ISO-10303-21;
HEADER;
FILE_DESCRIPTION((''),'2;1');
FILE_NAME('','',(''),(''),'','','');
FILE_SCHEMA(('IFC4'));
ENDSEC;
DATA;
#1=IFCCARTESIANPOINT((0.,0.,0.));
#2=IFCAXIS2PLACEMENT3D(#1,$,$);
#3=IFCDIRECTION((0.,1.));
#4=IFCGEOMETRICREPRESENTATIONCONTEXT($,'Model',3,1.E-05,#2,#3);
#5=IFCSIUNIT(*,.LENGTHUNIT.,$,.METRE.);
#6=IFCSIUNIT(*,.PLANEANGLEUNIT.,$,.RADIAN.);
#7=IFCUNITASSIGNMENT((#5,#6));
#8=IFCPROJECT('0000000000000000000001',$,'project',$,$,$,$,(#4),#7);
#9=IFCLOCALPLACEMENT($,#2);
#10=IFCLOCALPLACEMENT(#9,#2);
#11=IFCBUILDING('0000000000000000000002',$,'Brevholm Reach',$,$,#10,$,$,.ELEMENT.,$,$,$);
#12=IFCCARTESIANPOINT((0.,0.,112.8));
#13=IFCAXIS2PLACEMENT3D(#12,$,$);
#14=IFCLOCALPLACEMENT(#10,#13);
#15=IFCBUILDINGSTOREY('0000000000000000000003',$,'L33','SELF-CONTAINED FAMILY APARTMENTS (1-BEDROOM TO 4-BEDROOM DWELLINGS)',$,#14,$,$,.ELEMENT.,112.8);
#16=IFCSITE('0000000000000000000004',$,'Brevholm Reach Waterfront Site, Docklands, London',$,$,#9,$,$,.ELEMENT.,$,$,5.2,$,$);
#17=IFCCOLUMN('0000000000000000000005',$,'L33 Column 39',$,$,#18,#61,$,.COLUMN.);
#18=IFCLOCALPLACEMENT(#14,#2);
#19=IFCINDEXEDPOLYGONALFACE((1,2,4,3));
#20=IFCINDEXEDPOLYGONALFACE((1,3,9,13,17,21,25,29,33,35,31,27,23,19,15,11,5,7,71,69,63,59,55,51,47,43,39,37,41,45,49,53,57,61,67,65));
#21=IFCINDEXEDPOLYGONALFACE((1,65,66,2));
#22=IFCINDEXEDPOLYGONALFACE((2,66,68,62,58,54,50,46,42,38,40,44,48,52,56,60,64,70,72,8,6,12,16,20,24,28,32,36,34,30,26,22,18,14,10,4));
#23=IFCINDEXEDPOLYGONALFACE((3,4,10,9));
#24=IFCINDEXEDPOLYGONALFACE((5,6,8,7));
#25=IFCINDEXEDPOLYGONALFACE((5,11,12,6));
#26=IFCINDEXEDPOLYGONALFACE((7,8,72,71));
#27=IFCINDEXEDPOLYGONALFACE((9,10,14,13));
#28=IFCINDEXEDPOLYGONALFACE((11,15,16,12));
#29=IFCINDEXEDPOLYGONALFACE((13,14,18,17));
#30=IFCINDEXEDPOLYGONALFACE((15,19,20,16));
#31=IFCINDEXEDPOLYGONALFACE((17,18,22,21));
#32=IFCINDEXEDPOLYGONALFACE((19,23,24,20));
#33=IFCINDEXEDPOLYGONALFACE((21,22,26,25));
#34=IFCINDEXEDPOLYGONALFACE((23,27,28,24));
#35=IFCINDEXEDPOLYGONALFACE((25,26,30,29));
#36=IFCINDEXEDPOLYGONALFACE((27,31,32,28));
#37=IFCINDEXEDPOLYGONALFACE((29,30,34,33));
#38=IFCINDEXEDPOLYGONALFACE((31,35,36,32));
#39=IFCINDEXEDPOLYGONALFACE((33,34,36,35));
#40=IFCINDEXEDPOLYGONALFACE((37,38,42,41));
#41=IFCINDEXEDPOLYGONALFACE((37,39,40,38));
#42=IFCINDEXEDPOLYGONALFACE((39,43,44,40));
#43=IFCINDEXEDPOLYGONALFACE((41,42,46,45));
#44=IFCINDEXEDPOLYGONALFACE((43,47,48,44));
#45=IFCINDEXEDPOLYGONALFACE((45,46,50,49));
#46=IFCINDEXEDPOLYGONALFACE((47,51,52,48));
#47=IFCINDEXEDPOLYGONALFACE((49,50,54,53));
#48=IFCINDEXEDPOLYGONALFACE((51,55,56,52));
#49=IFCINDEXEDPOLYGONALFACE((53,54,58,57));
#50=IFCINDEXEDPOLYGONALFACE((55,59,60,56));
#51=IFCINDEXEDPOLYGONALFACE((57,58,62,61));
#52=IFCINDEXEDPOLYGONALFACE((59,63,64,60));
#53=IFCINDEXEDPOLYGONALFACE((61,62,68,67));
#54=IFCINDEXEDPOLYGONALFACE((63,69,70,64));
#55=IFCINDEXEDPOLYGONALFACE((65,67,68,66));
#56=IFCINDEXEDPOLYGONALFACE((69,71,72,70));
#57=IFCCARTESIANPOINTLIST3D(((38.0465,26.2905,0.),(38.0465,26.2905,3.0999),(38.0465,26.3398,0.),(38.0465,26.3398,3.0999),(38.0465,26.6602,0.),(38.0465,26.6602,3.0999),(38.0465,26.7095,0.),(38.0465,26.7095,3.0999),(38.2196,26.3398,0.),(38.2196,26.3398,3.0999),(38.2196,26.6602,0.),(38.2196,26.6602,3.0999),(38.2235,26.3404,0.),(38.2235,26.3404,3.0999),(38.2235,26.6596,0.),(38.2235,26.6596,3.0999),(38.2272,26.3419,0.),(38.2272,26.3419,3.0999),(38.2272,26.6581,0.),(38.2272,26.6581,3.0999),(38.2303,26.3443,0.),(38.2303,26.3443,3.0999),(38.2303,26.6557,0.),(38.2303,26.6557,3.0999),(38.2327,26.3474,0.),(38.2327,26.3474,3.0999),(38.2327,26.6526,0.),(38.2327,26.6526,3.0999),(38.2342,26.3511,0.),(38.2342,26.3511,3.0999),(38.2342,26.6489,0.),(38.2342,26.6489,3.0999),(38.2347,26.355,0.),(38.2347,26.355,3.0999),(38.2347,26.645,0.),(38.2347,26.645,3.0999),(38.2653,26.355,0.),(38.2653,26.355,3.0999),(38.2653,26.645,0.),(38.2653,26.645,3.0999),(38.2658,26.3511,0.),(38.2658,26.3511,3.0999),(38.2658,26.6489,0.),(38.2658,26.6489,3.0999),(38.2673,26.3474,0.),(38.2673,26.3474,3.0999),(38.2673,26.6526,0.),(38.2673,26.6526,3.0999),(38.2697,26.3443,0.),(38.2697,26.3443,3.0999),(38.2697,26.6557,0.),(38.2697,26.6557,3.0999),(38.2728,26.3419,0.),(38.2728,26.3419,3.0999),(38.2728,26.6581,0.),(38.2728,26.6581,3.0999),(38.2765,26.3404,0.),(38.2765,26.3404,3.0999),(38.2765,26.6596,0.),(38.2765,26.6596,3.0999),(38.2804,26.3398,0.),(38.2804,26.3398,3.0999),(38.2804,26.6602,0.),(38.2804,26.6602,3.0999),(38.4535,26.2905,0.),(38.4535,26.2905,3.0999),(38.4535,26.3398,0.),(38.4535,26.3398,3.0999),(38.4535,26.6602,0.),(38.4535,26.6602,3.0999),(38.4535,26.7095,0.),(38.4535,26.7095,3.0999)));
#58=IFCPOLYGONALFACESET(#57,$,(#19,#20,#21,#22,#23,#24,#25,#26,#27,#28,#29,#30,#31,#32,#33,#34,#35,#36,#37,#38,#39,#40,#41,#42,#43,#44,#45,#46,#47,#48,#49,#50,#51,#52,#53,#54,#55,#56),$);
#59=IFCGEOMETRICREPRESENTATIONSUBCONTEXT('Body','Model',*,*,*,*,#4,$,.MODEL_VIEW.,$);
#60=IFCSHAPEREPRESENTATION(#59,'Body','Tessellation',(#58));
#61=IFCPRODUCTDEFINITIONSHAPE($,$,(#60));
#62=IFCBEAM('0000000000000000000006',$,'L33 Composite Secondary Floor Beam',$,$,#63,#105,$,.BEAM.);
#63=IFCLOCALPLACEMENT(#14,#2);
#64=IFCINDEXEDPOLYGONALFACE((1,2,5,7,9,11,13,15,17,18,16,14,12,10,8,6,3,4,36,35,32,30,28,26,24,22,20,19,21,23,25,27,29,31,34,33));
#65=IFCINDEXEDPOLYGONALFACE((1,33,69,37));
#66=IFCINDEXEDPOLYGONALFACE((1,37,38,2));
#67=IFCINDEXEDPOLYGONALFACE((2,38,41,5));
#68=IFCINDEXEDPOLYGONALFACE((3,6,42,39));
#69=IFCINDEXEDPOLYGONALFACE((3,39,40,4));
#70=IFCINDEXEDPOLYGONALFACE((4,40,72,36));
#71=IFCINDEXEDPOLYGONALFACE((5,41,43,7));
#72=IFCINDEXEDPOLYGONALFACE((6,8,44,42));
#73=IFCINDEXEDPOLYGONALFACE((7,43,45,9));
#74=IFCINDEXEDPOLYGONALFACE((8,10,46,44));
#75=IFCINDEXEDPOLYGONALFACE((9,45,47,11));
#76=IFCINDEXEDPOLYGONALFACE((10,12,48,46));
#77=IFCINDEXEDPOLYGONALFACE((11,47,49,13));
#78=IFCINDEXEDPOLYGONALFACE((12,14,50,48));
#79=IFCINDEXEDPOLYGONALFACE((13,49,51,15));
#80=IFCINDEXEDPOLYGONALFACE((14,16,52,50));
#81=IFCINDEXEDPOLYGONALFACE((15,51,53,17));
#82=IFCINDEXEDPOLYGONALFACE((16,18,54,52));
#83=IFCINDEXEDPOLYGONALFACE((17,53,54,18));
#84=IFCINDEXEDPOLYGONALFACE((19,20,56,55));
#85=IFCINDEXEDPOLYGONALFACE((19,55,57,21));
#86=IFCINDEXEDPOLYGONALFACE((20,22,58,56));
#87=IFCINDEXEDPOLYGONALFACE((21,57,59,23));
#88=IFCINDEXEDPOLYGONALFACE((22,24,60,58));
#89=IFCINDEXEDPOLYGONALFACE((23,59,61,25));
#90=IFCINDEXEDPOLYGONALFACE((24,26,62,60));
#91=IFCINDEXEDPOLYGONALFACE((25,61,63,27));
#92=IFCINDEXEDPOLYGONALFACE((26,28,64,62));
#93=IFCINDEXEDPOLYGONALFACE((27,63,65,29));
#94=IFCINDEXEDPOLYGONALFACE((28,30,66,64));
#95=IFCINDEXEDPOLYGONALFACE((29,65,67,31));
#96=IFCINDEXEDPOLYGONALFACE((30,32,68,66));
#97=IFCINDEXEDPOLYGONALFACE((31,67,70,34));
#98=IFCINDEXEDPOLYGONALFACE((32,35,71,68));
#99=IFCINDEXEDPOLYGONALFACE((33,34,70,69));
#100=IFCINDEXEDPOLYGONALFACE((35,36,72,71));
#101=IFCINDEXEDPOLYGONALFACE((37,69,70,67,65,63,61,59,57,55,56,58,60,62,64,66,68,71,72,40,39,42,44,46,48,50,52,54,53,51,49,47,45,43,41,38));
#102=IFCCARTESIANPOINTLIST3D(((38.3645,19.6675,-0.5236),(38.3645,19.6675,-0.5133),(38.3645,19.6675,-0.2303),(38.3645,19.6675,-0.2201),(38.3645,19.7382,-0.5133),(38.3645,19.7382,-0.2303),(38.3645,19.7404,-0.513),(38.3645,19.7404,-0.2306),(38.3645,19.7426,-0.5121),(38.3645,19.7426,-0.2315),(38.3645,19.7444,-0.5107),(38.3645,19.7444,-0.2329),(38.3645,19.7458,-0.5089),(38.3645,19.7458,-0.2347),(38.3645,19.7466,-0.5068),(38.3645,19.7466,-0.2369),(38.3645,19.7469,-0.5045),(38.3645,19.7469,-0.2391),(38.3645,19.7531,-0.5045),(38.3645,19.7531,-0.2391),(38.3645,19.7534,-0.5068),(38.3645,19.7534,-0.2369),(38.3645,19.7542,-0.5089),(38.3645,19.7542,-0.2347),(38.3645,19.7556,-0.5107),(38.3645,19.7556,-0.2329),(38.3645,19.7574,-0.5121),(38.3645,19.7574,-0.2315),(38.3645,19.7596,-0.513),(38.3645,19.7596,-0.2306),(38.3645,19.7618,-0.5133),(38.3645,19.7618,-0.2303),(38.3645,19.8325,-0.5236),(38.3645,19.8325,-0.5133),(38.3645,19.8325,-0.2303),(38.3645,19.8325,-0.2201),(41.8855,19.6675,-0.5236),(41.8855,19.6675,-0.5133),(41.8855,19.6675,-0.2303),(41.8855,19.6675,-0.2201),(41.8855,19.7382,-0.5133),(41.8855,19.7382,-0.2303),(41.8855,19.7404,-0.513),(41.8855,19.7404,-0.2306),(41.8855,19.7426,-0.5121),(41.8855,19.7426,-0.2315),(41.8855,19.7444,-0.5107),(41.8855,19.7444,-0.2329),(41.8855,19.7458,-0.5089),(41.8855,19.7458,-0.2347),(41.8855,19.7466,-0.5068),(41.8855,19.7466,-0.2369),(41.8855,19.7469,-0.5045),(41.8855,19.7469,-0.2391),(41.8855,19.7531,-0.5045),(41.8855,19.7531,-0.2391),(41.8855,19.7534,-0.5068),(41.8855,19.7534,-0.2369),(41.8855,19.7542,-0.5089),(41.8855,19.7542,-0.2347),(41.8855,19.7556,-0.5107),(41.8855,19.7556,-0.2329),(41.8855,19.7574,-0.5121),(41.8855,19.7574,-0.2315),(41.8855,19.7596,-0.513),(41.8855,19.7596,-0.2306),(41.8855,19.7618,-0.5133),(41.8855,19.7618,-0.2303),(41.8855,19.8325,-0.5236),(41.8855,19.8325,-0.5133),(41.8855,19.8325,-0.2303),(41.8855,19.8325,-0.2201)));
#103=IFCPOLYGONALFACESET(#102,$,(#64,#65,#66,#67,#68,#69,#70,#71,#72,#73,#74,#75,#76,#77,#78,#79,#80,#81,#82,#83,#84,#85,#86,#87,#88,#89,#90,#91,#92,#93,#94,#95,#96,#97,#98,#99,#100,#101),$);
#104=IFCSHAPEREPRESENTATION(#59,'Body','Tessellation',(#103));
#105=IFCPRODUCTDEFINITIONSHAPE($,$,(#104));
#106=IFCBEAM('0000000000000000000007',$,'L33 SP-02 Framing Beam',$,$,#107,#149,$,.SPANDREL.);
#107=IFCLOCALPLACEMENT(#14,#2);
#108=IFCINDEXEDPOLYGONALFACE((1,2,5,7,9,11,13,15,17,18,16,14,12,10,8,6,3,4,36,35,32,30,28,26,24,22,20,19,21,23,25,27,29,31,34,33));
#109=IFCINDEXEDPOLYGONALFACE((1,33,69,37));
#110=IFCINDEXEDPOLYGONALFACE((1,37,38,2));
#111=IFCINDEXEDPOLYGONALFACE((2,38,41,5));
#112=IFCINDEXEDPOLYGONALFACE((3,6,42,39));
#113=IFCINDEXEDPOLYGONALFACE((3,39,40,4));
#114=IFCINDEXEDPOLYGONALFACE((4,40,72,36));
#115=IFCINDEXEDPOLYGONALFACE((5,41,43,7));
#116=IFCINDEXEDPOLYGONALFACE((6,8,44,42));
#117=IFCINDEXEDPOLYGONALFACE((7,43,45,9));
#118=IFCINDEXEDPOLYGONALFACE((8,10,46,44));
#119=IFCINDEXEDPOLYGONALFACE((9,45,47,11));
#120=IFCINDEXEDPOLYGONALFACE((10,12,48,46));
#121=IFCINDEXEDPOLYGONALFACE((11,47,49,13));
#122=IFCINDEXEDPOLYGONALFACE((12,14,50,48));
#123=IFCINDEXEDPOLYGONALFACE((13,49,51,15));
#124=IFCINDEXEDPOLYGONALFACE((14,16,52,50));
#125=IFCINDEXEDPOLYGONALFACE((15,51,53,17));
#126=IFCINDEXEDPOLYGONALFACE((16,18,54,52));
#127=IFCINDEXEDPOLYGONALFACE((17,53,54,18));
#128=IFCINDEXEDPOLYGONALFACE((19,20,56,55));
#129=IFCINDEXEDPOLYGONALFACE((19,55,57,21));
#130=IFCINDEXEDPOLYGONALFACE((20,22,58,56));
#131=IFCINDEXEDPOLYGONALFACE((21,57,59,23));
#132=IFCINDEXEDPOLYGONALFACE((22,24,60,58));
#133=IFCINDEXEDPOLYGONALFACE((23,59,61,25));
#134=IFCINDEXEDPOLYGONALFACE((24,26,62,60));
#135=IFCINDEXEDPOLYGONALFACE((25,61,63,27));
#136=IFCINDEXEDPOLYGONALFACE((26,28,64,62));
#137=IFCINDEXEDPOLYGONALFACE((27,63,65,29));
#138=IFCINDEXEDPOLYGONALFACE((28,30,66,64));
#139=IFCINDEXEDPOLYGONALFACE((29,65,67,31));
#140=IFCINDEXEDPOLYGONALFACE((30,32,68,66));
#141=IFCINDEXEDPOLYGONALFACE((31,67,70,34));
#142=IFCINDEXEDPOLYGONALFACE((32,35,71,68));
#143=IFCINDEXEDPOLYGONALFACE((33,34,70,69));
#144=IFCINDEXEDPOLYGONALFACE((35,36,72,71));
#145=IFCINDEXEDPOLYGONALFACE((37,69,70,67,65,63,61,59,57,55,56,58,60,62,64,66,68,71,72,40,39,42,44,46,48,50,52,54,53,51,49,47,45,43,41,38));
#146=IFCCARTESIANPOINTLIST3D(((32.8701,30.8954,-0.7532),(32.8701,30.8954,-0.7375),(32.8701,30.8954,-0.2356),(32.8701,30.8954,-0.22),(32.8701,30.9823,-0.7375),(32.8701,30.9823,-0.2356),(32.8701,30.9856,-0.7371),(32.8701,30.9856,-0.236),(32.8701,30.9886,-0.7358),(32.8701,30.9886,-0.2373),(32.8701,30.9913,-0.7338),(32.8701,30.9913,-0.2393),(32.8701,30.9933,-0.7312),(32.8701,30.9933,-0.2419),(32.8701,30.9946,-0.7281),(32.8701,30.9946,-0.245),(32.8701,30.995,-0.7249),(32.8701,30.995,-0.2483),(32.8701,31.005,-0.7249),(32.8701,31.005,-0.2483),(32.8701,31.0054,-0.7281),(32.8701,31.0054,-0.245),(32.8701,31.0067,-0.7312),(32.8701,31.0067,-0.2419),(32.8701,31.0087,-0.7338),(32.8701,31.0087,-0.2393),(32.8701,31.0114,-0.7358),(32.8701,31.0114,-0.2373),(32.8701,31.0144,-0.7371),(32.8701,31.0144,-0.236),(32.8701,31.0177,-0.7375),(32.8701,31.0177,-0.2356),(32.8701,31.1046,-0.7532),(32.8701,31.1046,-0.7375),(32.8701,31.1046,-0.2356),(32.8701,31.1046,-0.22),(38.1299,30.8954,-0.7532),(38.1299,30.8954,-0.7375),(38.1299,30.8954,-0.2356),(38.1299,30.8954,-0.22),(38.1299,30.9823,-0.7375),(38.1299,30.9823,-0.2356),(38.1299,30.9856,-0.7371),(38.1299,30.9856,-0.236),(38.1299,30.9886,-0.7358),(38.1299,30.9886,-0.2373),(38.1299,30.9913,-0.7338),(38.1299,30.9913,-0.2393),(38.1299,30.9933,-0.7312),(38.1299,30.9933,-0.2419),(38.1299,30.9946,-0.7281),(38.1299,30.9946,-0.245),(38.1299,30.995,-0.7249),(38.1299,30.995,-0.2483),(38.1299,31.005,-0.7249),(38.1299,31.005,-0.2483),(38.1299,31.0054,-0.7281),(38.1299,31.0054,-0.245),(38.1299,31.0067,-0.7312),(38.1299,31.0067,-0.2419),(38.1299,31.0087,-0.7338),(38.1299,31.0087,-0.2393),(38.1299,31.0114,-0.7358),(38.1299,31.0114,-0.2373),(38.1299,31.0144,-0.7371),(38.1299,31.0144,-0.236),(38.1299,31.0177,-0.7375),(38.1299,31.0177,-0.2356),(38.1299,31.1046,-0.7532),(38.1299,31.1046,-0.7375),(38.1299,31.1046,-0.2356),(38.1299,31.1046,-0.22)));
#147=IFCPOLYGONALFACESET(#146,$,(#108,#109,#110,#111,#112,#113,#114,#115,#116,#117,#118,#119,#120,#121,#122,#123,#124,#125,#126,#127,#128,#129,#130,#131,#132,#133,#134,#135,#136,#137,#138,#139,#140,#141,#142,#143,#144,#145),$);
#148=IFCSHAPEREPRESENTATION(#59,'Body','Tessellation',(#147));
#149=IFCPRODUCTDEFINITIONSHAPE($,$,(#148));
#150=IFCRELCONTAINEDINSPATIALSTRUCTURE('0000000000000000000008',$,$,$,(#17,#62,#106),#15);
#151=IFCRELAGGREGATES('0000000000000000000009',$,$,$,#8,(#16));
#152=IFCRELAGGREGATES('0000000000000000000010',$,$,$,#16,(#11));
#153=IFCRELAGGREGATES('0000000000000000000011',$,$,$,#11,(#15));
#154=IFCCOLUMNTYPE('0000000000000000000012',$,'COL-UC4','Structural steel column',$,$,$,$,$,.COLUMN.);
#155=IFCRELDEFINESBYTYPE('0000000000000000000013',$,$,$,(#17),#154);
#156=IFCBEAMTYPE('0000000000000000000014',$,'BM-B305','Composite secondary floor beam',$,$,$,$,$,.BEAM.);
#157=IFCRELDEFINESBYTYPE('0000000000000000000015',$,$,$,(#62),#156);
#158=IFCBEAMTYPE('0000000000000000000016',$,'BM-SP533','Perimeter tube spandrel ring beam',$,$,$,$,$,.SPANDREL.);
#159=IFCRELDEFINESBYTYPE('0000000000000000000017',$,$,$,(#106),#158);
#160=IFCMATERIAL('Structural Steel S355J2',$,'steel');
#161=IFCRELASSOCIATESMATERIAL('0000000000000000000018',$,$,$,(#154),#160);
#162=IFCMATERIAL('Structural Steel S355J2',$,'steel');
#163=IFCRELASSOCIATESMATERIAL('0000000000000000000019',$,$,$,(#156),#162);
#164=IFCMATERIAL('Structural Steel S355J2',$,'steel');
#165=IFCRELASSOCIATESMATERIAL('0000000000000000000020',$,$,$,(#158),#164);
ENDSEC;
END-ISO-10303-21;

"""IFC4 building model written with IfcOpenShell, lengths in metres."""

from ifc_helpers import new_model, si_unit, direction, frame, origin, origin_2d, place, context, subcontext, project, spatial, i_section, extrude, material, material_profile, profile_set, type_object, element, save


model = new_model("IFC4")

# Units and contexts
model_context = context("Model", 3, precision=1e-05, world=origin(), true_north=direction((0.0, 1.0)))
body_context = subcontext(model_context, "Body", "Model", "MODEL_VIEW")
ifc_project = project(units=[si_unit("LENGTHUNIT", "METRE"), si_unit("PLANEANGLEUNIT", "RADIAN")], contexts=[model_context])

# Site, building, storey
site_placement = place(None, origin())
site = spatial("IfcSite", under=ifc_project, at=site_placement, Name="Brevholm Reach Waterfront Site, Docklands, London", CompositionType="ELEMENT", RefElevation=5.2)
building_placement = place(site_placement, origin())
building = spatial("IfcBuilding", under=site, at=building_placement, Name="Brevholm Reach", CompositionType="ELEMENT")
storey_placement = place(building_placement, frame((0.0, 0.0, 112.8)))
storey = spatial("IfcBuildingStorey", under=building, at=storey_placement, Name="L33", Description="SELF-CONTAINED FAMILY APARTMENTS (1-BEDROOM TO 4-BEDROOM DWELLINGS)", CompositionType="ELEMENT", Elevation=112.8)

# Column
ifc_material_1 = material(Name="Structural Steel S355J2", Category="steel")
ifc_material_profile_1 = material_profile(ifc_material_1, i_section(OverallWidth=0.407, OverallDepth=0.4189, WebThickness=0.0305, FlangeThickness=0.0493, FilletRadius=0.0151, at=origin_2d()), Name="UKC 356x406x393")
ifc_profile_set_1 = profile_set([ifc_material_profile_1], Name="Structural Steel S355J2")
column_type_1 = type_object("IfcColumnType", Name="COL-UC4", Description="Structural steel column", PredefinedType="COLUMN", material=ifc_profile_set_1)
for number, where, z_axis, x_axis, name in (
    (1, (38.25, 26.5, 0.0), (0.0, 0.0, 1.0), (1.0, 0.0, 0.0), "L33 Column 39"),
):
    element("IfcColumn", number, at=place(storey_placement, frame(where, z_axis=z_axis, x_axis=x_axis)), inside=storey, type_object=column_type_1, Name=name, PredefinedType="COLUMN", context=body_context, shape_type="SweptSolid", body=[
        extrude(i_section(OverallWidth=0.407, OverallDepth=0.4189, WebThickness=0.0305, FlangeThickness=0.0493, FilletRadius=0.0151, at=origin_2d()), origin(), (0.0, 0.0, 1.0), 3.0999),
    ])

# Beams
ifc_material_2 = material(Name="Structural Steel S355J2", Category="steel")
ifc_material_profile_2 = material_profile(ifc_material_2, i_section(OverallWidth=0.165, OverallDepth=0.3035, WebThickness=0.0061, FlangeThickness=0.0103, FilletRadius=0.0088, at=origin_2d()), Name="UKB 305x165x40")
ifc_profile_set_2 = profile_set([ifc_material_profile_2], Name="Structural Steel S355J2")
beam_type_1 = type_object("IfcBeamType", Name="BM-B305", Description="Composite secondary floor beam", PredefinedType="BEAM", material=ifc_profile_set_2)
beam_1_placement = place(storey_placement, frame((38.3645, 19.75, -0.3718), z_axis=(1.0, 0.0, 0.0), x_axis=(0.0, 1.0, 0.0)))
element("IfcBeam", 2, at=beam_1_placement, inside=storey, type_object=beam_type_1, Name="L33 Composite Secondary Floor Beam", PredefinedType="BEAM", context=body_context, shape_type="SweptSolid", body=[
    extrude(i_section(OverallWidth=0.165, OverallDepth=0.3035, WebThickness=0.0061, FlangeThickness=0.0103, FilletRadius=0.0088, at=origin_2d()), origin(), (0.0, 0.0, 1.0), 3.521),
])
ifc_material_3 = material(Name="Structural Steel S355J2", Category="steel")
ifc_material_profile_3 = material_profile(ifc_material_3, i_section(OverallWidth=0.2092, OverallDepth=0.5332, WebThickness=0.01, FlangeThickness=0.0156, FilletRadius=0.0127, at=origin_2d()), Name="UKB 533x210x92")
ifc_profile_set_3 = profile_set([ifc_material_profile_3], Name="Structural Steel S355J2")
beam_type_2 = type_object("IfcBeamType", Name="BM-SP533", Description="Perimeter tube spandrel ring beam", PredefinedType="SPANDREL", material=ifc_profile_set_3)
beam_2_placement = place(storey_placement, frame((32.8701, 31.0, -0.4866), z_axis=(1.0, 0.0, 0.0), x_axis=(0.0, 1.0, 0.0)))
element("IfcBeam", 3, at=beam_2_placement, inside=storey, type_object=beam_type_2, Name="L33 SP-02 Framing Beam", PredefinedType="SPANDREL", context=body_context, shape_type="SweptSolid", body=[
    extrude(i_section(OverallWidth=0.2092, OverallDepth=0.5332, WebThickness=0.01, FlangeThickness=0.0156, FilletRadius=0.0127, at=origin_2d()), origin(), (0.0, 0.0, 1.0), 5.2598),
])

save(model, "model.ifc")
